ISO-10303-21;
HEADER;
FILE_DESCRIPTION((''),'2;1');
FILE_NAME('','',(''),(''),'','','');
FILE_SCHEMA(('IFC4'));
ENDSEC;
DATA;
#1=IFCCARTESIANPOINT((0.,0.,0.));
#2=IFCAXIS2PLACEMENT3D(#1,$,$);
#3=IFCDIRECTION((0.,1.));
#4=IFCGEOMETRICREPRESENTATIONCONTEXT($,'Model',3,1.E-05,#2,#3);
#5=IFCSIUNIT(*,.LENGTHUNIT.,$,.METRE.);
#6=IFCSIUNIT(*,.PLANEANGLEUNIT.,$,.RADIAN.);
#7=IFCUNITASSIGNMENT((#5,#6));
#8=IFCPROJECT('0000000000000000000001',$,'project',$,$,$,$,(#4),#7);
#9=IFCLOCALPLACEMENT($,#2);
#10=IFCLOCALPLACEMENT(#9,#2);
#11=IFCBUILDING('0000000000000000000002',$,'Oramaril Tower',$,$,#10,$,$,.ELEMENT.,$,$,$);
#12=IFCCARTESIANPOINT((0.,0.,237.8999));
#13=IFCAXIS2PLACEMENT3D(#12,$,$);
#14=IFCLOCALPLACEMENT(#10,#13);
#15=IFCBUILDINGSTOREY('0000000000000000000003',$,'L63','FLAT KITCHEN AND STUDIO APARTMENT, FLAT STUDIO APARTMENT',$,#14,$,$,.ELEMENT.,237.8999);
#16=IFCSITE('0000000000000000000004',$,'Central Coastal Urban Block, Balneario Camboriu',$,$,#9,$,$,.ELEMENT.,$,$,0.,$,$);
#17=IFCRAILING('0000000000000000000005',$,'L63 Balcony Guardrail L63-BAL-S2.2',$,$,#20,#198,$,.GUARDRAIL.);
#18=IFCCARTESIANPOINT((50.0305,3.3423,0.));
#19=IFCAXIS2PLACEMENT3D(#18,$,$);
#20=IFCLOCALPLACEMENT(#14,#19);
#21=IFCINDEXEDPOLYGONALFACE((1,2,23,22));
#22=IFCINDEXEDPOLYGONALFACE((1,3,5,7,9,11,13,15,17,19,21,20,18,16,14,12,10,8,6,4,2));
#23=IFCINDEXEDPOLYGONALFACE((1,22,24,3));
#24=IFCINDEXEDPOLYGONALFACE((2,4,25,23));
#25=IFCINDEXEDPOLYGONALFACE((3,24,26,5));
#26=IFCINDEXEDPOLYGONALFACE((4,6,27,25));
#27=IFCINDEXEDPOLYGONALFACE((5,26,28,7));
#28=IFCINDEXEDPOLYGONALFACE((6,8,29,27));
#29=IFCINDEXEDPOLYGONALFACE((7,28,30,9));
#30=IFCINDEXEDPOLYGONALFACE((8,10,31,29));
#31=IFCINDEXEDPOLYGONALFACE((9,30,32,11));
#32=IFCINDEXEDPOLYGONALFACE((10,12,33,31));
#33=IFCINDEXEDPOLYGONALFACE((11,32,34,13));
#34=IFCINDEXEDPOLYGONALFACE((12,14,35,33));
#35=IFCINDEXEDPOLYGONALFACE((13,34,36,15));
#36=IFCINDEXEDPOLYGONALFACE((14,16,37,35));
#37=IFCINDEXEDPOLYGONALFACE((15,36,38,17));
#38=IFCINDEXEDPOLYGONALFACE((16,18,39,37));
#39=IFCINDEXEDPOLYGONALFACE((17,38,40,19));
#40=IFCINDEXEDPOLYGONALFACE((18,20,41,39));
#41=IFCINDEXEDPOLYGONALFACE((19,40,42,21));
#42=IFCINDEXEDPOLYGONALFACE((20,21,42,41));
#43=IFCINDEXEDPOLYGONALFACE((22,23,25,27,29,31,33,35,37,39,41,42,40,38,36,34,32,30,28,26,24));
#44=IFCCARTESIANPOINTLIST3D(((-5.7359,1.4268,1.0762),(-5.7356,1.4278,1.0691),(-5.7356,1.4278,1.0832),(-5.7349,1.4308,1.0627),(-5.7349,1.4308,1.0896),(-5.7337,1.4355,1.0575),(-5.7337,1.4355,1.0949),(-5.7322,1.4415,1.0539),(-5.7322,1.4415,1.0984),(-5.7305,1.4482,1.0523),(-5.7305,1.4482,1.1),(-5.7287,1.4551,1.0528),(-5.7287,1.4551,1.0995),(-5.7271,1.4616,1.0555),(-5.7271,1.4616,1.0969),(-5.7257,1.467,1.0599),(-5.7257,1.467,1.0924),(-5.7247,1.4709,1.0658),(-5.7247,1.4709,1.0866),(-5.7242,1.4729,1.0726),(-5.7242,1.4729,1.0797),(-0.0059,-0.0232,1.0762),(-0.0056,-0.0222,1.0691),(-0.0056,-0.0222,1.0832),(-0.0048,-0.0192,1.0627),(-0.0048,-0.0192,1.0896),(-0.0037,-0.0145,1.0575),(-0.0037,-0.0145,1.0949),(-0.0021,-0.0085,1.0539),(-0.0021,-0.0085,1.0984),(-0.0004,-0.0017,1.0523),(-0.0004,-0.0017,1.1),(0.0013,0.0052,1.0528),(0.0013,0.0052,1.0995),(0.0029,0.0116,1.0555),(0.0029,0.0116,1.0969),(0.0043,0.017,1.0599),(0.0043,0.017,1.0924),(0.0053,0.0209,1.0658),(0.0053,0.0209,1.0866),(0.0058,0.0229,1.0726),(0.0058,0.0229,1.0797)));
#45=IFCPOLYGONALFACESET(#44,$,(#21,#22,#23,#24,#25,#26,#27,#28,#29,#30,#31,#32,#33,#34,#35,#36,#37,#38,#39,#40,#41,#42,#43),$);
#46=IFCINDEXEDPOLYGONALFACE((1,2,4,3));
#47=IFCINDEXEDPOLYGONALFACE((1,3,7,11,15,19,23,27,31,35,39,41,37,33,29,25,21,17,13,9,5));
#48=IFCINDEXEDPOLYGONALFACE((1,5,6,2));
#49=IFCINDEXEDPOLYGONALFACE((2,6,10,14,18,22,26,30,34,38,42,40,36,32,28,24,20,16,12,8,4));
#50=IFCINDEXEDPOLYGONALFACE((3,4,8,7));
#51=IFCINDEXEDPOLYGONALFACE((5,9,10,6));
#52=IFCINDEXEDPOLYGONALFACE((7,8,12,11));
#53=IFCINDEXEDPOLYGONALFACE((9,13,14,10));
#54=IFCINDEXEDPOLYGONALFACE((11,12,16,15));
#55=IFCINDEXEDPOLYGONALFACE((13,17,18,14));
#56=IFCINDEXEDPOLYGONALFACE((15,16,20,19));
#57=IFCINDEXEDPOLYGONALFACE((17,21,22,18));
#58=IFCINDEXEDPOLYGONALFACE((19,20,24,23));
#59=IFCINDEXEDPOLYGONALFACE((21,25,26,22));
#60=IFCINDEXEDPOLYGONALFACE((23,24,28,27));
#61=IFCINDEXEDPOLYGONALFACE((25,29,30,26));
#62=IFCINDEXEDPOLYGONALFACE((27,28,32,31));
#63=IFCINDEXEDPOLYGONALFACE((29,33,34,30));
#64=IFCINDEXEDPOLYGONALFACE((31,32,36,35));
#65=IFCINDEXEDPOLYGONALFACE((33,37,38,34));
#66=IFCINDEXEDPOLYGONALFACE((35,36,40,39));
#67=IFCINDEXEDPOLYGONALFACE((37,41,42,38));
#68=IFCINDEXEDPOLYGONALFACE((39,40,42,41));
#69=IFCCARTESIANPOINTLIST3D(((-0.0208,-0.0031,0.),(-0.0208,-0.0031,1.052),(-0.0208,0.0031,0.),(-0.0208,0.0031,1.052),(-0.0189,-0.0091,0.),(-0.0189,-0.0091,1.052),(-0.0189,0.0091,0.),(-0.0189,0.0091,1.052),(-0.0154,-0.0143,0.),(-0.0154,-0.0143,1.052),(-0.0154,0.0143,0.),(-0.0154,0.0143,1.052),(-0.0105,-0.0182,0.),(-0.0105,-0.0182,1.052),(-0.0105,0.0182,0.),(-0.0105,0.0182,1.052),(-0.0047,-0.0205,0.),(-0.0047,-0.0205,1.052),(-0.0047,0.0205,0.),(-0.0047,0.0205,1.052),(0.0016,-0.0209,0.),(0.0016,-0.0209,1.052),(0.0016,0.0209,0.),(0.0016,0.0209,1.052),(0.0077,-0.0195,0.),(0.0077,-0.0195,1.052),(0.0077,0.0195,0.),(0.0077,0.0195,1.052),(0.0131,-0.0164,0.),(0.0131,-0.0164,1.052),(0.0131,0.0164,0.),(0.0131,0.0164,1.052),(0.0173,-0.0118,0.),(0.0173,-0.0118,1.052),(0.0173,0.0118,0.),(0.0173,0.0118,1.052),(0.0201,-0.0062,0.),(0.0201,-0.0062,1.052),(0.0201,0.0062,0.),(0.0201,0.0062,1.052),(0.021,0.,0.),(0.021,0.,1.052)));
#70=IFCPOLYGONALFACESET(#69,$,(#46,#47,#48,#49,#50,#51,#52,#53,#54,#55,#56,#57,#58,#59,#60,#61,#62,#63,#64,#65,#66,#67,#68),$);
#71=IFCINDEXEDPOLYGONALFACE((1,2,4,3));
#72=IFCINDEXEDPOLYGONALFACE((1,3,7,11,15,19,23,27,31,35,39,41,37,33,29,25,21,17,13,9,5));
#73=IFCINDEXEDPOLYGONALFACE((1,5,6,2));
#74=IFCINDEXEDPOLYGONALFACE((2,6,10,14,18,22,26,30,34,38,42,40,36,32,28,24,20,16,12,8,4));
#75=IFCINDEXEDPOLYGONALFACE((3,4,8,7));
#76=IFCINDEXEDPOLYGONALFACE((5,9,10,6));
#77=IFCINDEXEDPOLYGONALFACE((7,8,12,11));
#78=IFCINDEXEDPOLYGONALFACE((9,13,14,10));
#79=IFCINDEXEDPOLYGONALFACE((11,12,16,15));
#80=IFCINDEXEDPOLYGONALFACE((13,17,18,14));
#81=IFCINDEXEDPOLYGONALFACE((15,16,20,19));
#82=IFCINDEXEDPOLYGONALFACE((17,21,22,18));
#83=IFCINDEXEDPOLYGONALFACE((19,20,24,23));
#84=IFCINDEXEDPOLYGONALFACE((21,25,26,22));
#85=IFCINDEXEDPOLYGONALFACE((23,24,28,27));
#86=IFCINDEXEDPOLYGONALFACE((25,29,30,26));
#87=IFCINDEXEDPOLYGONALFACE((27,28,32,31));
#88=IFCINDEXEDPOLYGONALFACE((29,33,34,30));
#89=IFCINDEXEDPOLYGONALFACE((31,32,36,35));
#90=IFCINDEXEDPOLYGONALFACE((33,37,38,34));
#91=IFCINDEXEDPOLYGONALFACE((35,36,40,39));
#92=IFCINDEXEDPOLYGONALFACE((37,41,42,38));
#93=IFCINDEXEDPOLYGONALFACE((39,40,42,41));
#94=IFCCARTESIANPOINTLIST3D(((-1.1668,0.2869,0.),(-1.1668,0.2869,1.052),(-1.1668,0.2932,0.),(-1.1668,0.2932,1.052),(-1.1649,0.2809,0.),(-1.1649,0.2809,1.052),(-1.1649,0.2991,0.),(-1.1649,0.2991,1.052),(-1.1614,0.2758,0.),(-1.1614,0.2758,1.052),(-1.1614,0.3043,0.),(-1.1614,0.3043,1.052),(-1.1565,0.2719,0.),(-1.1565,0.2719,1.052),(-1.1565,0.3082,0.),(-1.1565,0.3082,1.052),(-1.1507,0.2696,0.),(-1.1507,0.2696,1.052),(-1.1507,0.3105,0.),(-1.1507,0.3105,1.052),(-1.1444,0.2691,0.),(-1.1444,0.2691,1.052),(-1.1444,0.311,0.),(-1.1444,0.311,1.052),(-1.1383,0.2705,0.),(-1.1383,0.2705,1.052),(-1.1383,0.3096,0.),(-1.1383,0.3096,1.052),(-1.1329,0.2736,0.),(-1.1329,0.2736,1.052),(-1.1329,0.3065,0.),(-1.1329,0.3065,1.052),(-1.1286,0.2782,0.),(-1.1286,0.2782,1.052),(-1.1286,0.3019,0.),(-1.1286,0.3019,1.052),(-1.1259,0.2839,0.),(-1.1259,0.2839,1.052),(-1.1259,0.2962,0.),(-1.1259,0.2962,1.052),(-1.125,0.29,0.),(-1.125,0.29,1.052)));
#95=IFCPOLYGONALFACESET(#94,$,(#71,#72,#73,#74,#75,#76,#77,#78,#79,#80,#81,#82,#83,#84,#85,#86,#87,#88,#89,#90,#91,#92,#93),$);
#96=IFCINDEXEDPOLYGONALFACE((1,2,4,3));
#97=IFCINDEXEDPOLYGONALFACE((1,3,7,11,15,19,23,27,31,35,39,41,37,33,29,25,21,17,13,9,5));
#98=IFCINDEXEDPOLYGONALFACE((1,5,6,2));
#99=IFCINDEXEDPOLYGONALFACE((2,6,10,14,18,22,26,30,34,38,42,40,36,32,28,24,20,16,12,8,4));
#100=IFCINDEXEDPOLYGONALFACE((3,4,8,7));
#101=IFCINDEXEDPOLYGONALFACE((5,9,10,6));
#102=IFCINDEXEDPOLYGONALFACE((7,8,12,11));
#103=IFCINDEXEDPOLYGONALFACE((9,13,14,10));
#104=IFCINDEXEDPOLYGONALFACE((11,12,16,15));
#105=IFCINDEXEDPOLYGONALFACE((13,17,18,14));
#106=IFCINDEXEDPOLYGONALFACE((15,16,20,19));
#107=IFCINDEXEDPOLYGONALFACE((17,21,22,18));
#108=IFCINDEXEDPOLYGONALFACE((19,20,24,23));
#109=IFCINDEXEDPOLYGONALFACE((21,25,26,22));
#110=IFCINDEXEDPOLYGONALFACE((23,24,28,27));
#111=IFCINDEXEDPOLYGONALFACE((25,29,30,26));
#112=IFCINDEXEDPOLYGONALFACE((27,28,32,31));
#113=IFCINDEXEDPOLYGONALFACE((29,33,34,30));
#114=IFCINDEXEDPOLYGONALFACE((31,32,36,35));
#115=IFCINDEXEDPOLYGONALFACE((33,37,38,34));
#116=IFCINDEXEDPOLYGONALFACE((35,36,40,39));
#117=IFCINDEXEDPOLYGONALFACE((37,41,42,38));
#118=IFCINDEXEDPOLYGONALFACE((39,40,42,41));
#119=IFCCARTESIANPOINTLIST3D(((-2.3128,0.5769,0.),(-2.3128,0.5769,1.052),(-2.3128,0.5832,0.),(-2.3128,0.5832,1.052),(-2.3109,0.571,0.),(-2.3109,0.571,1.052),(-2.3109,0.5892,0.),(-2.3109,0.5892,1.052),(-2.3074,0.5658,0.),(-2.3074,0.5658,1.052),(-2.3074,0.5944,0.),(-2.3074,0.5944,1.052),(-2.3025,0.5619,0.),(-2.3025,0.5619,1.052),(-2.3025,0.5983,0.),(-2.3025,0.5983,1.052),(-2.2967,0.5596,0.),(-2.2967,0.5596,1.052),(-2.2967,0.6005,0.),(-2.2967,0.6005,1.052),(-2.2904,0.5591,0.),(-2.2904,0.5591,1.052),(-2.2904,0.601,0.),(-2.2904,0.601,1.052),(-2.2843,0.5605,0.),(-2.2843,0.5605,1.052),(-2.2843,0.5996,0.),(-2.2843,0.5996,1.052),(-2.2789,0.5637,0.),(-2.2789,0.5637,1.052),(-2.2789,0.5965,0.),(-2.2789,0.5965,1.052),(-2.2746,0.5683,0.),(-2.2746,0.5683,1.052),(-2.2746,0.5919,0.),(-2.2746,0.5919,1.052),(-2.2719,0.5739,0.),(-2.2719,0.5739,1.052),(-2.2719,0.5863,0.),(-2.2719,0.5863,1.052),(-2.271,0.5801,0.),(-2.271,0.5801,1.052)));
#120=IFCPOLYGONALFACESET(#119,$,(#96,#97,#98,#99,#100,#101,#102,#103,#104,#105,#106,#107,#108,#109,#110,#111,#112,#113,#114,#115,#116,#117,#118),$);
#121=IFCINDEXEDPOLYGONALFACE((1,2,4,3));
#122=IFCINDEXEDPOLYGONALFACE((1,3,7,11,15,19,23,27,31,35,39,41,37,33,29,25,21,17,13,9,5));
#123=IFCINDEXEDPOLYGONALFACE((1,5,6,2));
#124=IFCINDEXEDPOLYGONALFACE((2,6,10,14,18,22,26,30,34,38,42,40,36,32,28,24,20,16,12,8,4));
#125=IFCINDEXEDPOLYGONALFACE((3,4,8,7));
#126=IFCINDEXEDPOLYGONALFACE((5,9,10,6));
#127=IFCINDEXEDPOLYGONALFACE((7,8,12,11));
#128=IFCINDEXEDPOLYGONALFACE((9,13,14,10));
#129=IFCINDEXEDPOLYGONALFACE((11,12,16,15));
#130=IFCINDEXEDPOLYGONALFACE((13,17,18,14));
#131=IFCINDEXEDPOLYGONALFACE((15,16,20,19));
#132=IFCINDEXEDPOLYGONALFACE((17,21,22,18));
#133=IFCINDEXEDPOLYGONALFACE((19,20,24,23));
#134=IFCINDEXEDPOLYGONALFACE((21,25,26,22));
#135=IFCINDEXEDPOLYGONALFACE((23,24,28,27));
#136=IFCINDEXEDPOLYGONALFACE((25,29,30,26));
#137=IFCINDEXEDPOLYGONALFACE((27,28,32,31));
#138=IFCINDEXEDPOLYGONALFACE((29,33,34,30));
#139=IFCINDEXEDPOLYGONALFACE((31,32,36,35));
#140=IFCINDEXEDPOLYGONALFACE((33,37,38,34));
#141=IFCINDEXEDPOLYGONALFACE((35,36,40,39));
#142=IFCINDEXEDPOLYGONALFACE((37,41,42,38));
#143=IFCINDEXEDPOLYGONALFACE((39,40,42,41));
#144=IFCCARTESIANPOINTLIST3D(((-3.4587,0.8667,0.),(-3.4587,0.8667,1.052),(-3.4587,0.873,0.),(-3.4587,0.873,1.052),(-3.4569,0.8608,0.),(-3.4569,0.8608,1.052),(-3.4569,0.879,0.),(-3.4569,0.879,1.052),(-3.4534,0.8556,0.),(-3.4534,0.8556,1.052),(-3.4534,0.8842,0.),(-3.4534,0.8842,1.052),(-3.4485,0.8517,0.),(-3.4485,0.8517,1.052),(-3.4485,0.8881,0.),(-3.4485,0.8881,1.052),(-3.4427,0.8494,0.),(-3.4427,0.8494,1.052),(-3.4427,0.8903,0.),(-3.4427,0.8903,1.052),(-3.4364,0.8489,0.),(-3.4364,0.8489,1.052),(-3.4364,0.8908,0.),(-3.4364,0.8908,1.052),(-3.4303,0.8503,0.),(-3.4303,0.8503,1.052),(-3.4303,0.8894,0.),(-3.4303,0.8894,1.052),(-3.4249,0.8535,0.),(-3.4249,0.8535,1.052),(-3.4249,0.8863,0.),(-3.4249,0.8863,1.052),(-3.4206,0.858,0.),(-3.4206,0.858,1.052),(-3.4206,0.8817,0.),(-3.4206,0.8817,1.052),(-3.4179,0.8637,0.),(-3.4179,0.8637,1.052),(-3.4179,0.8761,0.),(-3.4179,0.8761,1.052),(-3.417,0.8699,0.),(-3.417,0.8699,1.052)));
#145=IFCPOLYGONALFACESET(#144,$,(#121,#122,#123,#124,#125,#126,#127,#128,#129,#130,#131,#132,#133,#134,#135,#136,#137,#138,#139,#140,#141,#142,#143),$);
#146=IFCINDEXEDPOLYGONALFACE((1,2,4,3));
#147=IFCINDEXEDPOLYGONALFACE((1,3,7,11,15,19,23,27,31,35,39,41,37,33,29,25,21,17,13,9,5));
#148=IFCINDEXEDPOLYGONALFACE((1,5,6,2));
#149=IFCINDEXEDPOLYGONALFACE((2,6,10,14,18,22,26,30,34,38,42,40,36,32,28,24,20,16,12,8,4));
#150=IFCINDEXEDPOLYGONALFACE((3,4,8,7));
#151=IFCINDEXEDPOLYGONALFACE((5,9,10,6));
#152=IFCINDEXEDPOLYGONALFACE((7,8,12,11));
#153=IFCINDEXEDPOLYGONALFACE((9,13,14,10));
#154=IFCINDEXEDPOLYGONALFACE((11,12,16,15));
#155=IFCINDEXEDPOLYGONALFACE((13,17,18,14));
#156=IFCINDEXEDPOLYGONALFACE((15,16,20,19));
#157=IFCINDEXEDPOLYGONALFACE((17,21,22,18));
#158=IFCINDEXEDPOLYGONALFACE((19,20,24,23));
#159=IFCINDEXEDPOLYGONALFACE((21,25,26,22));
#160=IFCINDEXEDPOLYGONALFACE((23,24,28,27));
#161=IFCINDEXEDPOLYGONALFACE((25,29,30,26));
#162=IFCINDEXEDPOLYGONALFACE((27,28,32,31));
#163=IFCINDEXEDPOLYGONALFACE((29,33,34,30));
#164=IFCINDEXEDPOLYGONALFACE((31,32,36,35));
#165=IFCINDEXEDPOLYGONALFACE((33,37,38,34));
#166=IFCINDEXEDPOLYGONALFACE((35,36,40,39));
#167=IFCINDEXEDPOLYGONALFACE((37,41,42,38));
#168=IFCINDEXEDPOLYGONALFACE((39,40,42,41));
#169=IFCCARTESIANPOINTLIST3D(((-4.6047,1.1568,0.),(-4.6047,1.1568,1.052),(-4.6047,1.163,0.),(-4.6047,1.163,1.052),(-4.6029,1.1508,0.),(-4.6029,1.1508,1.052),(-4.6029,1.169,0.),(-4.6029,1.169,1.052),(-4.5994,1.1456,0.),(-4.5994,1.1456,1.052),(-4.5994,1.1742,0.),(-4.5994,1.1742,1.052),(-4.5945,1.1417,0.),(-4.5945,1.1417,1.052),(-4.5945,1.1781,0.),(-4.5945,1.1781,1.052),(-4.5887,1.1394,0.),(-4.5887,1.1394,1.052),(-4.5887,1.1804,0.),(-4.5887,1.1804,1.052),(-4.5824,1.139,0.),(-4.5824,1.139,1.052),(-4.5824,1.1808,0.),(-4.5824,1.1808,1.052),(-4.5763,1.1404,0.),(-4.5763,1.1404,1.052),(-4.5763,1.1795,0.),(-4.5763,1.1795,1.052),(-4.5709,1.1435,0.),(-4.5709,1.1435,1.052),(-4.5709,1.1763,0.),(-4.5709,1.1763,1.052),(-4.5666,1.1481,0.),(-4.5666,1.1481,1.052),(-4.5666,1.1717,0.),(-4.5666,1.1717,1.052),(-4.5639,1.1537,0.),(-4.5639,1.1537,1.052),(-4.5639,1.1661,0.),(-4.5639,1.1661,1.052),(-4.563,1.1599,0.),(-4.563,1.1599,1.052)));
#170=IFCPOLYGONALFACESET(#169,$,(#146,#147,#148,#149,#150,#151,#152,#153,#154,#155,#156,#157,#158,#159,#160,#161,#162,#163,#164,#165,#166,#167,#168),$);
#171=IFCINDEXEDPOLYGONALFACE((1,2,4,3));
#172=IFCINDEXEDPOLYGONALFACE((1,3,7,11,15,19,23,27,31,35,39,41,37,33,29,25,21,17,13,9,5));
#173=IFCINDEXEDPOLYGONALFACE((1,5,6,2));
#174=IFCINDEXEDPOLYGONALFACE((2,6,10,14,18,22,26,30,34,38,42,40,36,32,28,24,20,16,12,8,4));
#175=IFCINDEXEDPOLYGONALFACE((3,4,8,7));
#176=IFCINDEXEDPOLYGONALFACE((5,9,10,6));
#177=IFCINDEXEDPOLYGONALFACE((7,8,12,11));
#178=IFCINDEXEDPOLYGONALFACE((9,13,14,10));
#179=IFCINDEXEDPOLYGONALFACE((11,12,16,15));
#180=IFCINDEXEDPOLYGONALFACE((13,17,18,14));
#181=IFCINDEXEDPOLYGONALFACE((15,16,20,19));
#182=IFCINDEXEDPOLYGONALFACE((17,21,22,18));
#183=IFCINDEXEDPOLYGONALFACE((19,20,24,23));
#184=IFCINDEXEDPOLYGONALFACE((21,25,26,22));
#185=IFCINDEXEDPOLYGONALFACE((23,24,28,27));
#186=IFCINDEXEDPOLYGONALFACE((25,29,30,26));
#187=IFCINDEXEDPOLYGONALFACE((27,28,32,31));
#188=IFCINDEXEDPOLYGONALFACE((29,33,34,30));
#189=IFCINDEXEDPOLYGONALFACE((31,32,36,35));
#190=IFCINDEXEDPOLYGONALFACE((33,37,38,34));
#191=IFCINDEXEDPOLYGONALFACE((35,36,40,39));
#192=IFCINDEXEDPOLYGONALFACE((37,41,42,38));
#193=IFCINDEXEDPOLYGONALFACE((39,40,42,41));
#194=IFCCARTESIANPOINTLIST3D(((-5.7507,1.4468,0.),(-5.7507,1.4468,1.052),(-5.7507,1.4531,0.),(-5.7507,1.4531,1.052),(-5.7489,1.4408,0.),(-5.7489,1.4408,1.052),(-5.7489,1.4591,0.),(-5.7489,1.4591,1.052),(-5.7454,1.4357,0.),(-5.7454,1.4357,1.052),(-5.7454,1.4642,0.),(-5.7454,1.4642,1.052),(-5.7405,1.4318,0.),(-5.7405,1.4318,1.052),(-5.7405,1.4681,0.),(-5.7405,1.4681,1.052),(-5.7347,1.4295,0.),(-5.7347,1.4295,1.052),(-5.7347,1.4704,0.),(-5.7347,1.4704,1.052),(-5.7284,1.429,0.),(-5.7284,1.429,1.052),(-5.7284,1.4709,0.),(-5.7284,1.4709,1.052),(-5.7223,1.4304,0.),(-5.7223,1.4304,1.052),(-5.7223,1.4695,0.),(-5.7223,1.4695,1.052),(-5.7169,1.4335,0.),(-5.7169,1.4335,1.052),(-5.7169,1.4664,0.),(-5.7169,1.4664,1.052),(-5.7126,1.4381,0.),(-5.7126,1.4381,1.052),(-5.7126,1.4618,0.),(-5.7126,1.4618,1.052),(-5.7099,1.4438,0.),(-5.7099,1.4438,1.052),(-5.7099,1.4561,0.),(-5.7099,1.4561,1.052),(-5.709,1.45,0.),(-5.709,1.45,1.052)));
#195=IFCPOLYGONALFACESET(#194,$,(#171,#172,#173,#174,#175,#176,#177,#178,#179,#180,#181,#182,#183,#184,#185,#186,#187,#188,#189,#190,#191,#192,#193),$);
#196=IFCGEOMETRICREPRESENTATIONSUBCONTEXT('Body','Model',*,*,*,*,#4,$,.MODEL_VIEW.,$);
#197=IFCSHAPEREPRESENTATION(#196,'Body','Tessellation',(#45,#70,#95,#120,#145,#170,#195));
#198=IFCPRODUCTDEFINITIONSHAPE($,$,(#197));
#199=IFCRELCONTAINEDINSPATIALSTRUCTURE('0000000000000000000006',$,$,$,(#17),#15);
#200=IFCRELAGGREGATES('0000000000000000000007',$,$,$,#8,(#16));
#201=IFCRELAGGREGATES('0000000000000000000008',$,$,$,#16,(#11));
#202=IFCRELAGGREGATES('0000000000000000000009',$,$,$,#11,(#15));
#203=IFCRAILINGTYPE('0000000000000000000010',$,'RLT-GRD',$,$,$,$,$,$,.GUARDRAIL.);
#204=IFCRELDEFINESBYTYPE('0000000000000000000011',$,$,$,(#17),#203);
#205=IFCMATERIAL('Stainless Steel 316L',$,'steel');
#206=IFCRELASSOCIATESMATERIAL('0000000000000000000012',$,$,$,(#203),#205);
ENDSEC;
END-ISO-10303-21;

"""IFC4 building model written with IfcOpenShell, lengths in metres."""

from ifc_helpers import new_model, si_unit, direction, frame, origin, origin_2d, place, context, subcontext, project, spatial, circle, extrude, material, type_object, element, save


model = new_model("IFC4")

# Units and contexts
model_context = context("Model", 3, precision=1e-05, world=origin(), true_north=direction((0.0, 1.0)))
body_context = subcontext(model_context, "Body", "Model", "MODEL_VIEW")
ifc_project = project(units=[si_unit("LENGTHUNIT", "METRE"), si_unit("PLANEANGLEUNIT", "RADIAN")], contexts=[model_context])

# Site, building, storey
site_placement = place(None, origin())
site = spatial("IfcSite", under=ifc_project, at=site_placement, Name="Central Coastal Urban Block, Balneario Camboriu", CompositionType="ELEMENT", RefElevation=0.0)
building_placement = place(site_placement, origin())
building = spatial("IfcBuilding", under=site, at=building_placement, Name="Oramaril Tower", CompositionType="ELEMENT")
storey_placement = place(building_placement, frame((0.0, 0.0, 237.8999)))
storey = spatial("IfcBuildingStorey", under=building, at=storey_placement, Name="L63", Description="FLAT KITCHEN AND STUDIO APARTMENT, FLAT STUDIO APARTMENT", CompositionType="ELEMENT", Elevation=237.8999)

# Railing
ifc_material_1 = material(Name="Stainless Steel 316L", Category="steel")
railing_type = type_object("IfcRailingType", Name="RLT-GRD", PredefinedType="GUARDRAIL", material=ifc_material_1)
railing_1_placement = place(storey_placement, frame((50.0305, 3.3423, 0.0)))
element("IfcRailing", 1, at=railing_1_placement, inside=storey, type_object=railing_type, Name="L63 Balcony Guardrail L63-BAL-S2.2", PredefinedType="GUARDRAIL", context=body_context, shape_type="SweptSolid", body=[
    extrude(circle(Radius=0.0239, at=origin_2d()), frame((0.0, 0.0, 1.0762), z_axis=(-0.969444, 0.245314, 0.0), x_axis=(-0.245314, -0.969444, 0.0)), (0.0, 0.0, 1.0), 5.9106),
    extrude(circle(Radius=0.021, at=origin_2d()), origin(), (0.0, 0.0, 1.0), 1.052),
    extrude(circle(Radius=0.021, at=origin_2d()), frame((-1.146, 0.29, 0.0)), (0.0, 0.0, 1.0), 1.052),
    extrude(circle(Radius=0.021, at=origin_2d()), frame((-2.292, 0.5801, 0.0)), (0.0, 0.0, 1.0), 1.052),
    extrude(circle(Radius=0.021, at=origin_2d()), frame((-3.438, 0.8699, 0.0)), (0.0, 0.0, 1.0), 1.052),
    extrude(circle(Radius=0.021, at=origin_2d()), frame((-4.584, 1.1599, 0.0)), (0.0, 0.0, 1.0), 1.052),
    extrude(circle(Radius=0.021, at=origin_2d()), frame((-5.73, 1.45, 0.0)), (0.0, 0.0, 1.0), 1.052),
])

save(model, "model.ifc")
